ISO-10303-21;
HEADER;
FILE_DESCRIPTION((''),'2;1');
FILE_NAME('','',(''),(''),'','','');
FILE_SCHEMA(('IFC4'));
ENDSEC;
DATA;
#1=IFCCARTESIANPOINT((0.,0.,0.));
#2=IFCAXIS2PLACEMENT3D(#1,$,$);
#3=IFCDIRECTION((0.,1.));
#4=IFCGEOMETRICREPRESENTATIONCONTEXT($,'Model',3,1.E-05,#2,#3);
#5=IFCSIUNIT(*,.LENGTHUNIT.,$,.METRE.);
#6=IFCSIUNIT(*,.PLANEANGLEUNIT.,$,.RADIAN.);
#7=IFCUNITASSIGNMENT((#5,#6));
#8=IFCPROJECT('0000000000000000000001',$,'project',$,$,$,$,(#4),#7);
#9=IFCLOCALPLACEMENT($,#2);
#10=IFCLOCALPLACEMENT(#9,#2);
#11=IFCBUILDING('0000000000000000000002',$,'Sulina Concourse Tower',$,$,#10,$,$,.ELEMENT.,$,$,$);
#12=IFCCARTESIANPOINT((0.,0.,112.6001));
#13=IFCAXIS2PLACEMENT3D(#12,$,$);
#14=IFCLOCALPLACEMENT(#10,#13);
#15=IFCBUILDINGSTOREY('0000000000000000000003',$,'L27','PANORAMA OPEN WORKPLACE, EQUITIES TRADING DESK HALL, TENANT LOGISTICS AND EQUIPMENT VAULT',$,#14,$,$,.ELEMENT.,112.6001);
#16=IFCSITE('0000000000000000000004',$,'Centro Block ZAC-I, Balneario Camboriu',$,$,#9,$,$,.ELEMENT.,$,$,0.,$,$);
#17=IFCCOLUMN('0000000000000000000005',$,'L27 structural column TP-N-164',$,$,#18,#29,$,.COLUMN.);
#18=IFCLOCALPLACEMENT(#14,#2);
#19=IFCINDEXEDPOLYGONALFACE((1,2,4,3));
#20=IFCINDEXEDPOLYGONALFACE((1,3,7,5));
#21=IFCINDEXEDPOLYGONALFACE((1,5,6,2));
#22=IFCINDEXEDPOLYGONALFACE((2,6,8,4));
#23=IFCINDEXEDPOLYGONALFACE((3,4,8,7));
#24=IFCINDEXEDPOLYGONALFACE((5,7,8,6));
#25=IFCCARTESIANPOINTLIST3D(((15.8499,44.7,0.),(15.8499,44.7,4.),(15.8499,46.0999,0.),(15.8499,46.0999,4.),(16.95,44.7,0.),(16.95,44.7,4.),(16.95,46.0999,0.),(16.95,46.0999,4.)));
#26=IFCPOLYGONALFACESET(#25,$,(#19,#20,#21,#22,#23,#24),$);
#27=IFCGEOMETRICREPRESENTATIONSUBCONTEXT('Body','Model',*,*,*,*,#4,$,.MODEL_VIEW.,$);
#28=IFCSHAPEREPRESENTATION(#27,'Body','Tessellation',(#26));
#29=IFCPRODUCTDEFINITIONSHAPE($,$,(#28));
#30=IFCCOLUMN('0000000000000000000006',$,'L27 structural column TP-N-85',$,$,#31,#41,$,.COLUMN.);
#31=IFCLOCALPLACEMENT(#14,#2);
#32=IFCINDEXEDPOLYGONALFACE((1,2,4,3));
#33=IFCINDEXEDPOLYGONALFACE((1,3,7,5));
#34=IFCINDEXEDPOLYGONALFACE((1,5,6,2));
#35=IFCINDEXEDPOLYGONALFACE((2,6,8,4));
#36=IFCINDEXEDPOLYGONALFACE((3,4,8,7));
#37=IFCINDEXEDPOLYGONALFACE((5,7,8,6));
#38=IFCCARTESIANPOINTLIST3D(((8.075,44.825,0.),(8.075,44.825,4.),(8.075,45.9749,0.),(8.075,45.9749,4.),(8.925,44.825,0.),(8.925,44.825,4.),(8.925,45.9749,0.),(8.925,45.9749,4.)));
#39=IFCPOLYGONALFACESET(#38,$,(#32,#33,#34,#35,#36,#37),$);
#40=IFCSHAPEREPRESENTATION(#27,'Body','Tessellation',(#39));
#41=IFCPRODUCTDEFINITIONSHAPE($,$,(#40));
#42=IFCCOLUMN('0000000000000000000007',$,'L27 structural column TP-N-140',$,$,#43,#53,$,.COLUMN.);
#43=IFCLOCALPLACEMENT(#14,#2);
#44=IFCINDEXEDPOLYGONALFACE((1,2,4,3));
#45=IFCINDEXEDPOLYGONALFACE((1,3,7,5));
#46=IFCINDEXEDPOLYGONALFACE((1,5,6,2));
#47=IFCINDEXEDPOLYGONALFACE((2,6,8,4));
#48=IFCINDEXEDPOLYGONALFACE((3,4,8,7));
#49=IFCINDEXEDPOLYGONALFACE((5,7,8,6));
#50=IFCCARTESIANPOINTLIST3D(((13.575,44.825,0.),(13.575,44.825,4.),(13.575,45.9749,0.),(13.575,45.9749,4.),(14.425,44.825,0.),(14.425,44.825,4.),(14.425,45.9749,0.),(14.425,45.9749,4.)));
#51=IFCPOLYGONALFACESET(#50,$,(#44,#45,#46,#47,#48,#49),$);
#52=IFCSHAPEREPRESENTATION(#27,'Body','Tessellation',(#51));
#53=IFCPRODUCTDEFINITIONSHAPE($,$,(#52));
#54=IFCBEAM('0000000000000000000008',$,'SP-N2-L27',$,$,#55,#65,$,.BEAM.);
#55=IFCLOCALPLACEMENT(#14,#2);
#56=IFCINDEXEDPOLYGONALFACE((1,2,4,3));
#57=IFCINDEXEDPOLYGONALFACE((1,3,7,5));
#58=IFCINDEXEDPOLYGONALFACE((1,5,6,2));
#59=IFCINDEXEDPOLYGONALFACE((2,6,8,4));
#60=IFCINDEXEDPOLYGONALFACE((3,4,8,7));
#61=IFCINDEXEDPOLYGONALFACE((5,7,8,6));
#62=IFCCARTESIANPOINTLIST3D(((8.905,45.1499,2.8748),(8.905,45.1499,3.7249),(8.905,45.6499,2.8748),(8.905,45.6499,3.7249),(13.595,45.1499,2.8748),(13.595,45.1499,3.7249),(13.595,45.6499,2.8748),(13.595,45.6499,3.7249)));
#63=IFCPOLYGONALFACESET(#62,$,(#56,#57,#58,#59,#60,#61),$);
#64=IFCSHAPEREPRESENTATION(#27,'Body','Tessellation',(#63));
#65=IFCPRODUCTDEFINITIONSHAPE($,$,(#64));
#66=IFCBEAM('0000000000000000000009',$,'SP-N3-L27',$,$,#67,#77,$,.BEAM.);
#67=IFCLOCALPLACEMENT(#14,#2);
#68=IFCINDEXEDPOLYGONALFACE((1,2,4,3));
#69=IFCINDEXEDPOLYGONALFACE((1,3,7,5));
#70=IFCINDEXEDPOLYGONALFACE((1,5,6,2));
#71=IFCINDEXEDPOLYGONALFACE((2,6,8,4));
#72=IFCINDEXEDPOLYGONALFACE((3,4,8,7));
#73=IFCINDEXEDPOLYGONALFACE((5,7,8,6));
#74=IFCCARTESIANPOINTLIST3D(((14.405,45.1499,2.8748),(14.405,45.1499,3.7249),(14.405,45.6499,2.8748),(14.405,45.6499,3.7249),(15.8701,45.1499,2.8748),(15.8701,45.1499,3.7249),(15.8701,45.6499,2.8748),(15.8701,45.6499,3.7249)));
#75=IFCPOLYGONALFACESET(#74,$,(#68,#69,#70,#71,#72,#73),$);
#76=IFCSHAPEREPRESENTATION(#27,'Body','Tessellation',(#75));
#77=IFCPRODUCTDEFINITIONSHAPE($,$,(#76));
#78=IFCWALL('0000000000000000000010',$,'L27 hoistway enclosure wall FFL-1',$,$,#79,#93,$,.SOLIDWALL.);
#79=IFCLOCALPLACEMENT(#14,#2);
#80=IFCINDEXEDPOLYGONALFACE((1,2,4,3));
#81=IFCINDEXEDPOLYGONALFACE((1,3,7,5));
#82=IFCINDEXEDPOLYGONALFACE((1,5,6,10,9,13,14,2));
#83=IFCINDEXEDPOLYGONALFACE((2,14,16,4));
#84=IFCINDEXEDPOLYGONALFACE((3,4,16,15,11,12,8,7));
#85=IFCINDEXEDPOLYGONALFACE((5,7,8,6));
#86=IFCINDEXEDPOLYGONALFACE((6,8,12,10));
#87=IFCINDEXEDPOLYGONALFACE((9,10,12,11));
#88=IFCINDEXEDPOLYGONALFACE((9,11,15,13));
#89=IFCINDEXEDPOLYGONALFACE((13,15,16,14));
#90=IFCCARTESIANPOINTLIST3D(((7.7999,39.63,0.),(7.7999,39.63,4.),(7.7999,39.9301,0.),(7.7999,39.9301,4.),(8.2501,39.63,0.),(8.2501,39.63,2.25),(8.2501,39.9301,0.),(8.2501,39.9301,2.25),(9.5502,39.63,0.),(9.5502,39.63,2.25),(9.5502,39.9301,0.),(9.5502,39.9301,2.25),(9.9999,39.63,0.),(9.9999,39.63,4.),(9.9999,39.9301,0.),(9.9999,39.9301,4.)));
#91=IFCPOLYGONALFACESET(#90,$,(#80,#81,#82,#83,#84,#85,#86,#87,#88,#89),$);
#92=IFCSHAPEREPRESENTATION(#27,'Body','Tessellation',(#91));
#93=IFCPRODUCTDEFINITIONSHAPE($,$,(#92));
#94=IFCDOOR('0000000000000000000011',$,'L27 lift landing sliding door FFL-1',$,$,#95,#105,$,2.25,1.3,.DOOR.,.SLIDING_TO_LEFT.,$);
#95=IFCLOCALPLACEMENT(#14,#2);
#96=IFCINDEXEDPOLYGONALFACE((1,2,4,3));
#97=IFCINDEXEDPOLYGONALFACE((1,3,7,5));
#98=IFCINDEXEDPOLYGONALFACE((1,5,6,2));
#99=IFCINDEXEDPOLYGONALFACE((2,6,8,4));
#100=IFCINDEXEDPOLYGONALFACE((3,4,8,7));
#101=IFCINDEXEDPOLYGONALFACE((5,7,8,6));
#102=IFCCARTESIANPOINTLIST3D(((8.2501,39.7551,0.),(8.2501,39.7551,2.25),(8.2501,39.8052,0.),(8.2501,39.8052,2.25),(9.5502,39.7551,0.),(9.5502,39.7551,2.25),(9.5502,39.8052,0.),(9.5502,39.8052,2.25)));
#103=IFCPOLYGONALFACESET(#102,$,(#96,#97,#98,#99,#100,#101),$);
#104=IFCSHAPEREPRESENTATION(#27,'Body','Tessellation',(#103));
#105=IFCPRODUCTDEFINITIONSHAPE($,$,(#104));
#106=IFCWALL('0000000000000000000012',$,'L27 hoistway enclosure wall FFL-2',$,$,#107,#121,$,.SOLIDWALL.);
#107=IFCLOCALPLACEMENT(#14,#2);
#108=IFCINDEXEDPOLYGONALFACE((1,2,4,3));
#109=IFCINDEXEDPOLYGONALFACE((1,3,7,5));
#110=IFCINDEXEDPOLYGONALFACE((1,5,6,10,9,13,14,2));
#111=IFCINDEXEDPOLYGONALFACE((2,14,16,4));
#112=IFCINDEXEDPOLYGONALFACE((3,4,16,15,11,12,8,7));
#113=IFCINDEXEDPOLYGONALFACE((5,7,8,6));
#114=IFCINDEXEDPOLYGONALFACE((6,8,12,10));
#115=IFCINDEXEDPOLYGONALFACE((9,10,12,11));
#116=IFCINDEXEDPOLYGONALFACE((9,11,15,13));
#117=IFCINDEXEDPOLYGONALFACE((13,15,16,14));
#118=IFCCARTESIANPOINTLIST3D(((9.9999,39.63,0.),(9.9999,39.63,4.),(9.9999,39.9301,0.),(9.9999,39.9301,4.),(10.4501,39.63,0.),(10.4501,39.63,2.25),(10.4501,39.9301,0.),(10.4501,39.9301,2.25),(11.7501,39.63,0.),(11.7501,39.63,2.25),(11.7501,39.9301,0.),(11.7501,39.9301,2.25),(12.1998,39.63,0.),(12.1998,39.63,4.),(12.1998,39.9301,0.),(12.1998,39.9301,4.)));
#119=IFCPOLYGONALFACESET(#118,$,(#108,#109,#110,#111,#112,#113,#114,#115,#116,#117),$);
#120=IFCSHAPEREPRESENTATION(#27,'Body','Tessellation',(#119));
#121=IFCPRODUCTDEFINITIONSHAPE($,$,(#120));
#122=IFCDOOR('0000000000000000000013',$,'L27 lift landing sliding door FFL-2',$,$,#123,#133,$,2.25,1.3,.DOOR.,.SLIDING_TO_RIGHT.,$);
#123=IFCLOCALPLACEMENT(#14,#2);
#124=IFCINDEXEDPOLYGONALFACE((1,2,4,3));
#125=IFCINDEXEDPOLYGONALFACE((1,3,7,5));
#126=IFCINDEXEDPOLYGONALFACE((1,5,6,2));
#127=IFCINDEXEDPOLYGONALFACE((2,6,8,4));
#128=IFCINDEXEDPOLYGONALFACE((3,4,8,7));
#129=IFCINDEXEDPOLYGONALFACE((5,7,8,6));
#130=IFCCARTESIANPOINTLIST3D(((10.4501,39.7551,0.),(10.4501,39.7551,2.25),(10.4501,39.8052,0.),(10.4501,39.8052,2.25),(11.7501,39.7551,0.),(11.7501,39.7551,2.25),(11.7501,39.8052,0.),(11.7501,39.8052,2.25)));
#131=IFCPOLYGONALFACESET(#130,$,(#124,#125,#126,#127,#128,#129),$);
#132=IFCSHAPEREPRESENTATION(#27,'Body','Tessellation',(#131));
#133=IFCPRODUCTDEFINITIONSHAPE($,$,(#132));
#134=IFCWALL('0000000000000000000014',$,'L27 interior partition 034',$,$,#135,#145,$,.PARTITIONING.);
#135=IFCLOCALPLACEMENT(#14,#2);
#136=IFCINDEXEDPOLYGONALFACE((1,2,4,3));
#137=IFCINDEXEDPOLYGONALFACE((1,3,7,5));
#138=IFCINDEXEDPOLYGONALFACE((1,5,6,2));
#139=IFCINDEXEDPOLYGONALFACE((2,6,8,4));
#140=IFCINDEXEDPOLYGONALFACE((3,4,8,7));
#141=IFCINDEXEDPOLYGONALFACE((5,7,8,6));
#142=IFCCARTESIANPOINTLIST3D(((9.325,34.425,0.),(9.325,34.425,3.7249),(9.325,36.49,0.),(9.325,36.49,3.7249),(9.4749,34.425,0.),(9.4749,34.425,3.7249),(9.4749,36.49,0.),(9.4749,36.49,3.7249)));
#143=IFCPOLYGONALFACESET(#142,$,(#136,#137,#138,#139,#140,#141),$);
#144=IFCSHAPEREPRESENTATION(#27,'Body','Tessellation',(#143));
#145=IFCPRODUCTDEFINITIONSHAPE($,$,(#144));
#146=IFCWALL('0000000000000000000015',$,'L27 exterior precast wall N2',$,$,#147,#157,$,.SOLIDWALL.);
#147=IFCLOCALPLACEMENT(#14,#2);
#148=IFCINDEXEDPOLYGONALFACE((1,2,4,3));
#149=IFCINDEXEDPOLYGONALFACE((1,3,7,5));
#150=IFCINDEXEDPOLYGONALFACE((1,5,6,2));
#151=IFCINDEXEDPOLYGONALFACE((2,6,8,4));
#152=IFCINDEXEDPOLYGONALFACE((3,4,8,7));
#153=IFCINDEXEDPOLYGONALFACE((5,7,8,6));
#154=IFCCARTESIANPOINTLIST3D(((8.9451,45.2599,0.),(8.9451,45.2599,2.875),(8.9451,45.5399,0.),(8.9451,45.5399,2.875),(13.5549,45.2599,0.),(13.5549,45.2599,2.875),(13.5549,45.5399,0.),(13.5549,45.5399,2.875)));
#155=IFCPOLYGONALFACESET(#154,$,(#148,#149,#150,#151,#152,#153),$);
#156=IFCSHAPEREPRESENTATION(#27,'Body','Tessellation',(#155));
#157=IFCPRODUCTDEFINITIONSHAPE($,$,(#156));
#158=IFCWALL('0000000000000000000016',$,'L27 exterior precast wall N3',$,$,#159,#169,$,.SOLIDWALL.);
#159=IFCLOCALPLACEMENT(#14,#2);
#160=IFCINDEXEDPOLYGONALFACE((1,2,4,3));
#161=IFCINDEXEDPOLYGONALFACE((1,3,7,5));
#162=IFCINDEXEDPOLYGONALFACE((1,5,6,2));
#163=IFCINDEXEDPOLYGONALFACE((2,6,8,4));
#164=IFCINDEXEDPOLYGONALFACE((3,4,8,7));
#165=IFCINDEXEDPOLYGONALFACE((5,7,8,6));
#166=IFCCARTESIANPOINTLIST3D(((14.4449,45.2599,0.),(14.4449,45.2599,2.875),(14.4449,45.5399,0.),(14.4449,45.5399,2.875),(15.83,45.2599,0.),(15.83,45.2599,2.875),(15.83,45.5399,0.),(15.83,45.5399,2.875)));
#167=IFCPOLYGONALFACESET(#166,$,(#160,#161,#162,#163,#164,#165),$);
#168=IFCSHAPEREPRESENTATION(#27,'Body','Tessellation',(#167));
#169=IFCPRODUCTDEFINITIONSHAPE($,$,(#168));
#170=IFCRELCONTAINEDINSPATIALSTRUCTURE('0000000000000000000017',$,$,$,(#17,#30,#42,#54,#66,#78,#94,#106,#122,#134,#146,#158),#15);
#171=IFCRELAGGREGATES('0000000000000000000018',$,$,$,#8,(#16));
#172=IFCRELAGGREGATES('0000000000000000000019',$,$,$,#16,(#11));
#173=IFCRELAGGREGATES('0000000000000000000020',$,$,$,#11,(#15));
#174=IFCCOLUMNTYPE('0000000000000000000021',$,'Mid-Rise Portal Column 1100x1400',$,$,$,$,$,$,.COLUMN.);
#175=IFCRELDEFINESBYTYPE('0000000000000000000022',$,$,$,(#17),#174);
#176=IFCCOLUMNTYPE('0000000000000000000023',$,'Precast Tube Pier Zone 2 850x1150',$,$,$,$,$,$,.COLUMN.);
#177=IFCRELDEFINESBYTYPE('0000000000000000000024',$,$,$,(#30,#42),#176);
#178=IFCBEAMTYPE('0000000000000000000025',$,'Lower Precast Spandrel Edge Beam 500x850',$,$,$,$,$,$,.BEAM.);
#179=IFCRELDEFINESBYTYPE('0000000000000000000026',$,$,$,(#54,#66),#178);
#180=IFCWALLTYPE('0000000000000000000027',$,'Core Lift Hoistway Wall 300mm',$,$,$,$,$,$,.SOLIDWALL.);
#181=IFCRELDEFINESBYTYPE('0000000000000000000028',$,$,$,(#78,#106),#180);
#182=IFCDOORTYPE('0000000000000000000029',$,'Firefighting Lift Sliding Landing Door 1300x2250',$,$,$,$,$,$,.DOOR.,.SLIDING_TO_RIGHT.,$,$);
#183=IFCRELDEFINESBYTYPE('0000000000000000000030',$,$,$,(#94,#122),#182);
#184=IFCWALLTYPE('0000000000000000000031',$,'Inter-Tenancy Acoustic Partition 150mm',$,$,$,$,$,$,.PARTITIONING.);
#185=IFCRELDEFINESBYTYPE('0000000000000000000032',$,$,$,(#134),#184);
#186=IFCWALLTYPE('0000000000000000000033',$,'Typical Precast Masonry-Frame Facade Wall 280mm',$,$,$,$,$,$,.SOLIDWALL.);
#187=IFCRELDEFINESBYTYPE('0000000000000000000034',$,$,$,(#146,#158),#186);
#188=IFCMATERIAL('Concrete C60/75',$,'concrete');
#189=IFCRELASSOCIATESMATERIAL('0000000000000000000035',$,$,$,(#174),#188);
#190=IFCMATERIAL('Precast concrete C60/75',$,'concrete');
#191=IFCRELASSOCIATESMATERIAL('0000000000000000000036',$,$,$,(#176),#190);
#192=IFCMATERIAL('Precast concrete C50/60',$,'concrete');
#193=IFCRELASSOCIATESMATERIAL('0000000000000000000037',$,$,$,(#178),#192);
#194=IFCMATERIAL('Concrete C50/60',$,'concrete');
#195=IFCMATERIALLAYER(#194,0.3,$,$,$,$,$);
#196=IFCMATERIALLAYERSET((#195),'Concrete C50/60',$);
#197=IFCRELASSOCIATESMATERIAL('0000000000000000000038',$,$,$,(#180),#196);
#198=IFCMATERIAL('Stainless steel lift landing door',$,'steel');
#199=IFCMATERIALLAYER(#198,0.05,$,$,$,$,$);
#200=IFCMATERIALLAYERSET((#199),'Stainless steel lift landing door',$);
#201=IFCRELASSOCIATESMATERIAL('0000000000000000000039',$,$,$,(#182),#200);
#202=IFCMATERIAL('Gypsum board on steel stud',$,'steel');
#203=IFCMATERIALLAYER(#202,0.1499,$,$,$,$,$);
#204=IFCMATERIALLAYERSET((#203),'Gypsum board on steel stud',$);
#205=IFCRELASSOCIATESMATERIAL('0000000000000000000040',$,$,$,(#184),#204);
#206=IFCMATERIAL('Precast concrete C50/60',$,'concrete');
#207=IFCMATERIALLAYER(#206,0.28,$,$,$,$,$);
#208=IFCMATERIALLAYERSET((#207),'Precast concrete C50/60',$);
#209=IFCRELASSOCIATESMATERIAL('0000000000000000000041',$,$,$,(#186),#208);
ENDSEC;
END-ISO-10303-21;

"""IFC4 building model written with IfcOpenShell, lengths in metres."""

from ifc_helpers import new_model, si_unit, direction, frame, frame_2d, origin, origin_2d, place, context, subcontext, project, spatial, rectangle, extrude, material, layer, layer_set, material_profile, profile_set, type_object, element, fill, save


model = new_model("IFC4")

# Units and contexts
model_context = context("Model", 3, precision=1e-05, world=origin(), true_north=direction((0.0, 1.0)))
body_context = subcontext(model_context, "Body", "Model", "MODEL_VIEW")
ifc_project = project(units=[si_unit("LENGTHUNIT", "METRE"), si_unit("PLANEANGLEUNIT", "RADIAN")], contexts=[model_context])

# Site, building, storey
site_placement = place(None, origin())
site = spatial("IfcSite", under=ifc_project, at=site_placement, Name="Centro Block ZAC-I, Balneario Camboriu", CompositionType="ELEMENT", RefElevation=0.0)
building_placement = place(site_placement, origin())
building = spatial("IfcBuilding", under=site, at=building_placement, Name="Sulina Concourse Tower", CompositionType="ELEMENT")
storey_placement = place(building_placement, frame((0.0, 0.0, 112.6001)))
storey = spatial("IfcBuildingStorey", under=building, at=storey_placement, Name="L27", Description="PANORAMA OPEN WORKPLACE, EQUITIES TRADING DESK HALL, TENANT LOGISTICS AND EQUIPMENT VAULT", CompositionType="ELEMENT", Elevation=112.6001)

# Columns
ifc_material_1 = material(Name="Concrete C60/75", Category="concrete")
ifc_material_profile_1 = material_profile(ifc_material_1, rectangle(XDim=1.1001, YDim=1.3999, at=origin_2d()), Name="RC 1100x1400")
ifc_profile_set_1 = profile_set([ifc_material_profile_1], Name="Concrete C60/75")
column_type_1 = type_object("IfcColumnType", Name="Mid-Rise Portal Column 1100x1400", PredefinedType="COLUMN", material=ifc_profile_set_1)
column_placement = place(storey_placement, frame((16.3999, 45.3999, 0.0), z_axis=(0.0, 0.0, 1.0), x_axis=(1.0, 0.0, 0.0)))
element("IfcColumn", 1, at=column_placement, inside=storey, type_object=column_type_1, Name="L27 structural column TP-N-164", PredefinedType="COLUMN", context=body_context, shape_type="SweptSolid", body=[
    extrude(rectangle(XDim=1.1001, YDim=1.3999, at=origin_2d()), origin(), (0.0, 0.0, 1.0), 4.0),
])
ifc_material_2 = material(Name="Precast concrete C60/75", Category="concrete")
ifc_material_profile_2 = material_profile(ifc_material_2, rectangle(XDim=0.8501, YDim=1.1499, at=origin_2d()), Name="PC 850x1150")
ifc_profile_set_2 = profile_set([ifc_material_profile_2], Name="Precast concrete C60/75")
column_type_2 = type_object("IfcColumnType", Name="Precast Tube Pier Zone 2 850x1150", PredefinedType="COLUMN", material=ifc_profile_set_2)
for number, where, z_axis, x_axis, name in (
    (2, (8.5, 45.3999, 0.0), (0.0, 0.0, 1.0), (1.0, 0.0, 0.0), "L27 structural column TP-N-85"),
    (3, (14.0, 45.3999, 0.0), (0.0, 0.0, 1.0), (1.0, 0.0, 0.0), "L27 structural column TP-N-140"),
):
    element("IfcColumn", number, at=place(storey_placement, frame(where, z_axis=z_axis, x_axis=x_axis)), inside=storey, type_object=column_type_2, Name=name, PredefinedType="COLUMN", context=body_context, shape_type="SweptSolid", body=[
        extrude(rectangle(XDim=0.8501, YDim=1.1499, at=origin_2d()), origin(), (0.0, 0.0, 1.0), 4.0),
    ])

# Beams
ifc_material_3 = material(Name="Precast concrete C50/60", Category="concrete")
ifc_material_profile_3 = material_profile(ifc_material_3, rectangle(XDim=0.5, YDim=0.8501, at=origin_2d()), Name="RC 500x850")
ifc_profile_set_3 = profile_set([ifc_material_profile_3], Name="Precast concrete C50/60")
beam_type = type_object("IfcBeamType", Name="Lower Precast Spandrel Edge Beam 500x850", PredefinedType="BEAM", material=ifc_profile_set_3)
beam_1_placement = place(storey_placement, frame((8.905, 45.3999, 3.2998), z_axis=(1.0, 0.0, 0.0), x_axis=(0.0, 1.0, 0.0)))
element("IfcBeam", 4, at=beam_1_placement, inside=storey, type_object=beam_type, Name="SP-N2-L27", PredefinedType="BEAM", context=body_context, shape_type="SweptSolid", body=[
    extrude(rectangle(XDim=0.5, YDim=0.8501, at=origin_2d()), origin(), (0.0, 0.0, 1.0), 4.6899),
])
beam_2_placement = place(storey_placement, frame((14.405, 45.3999, 3.2998), z_axis=(1.0, 0.0, 0.0), x_axis=(0.0, 1.0, 0.0)))
element("IfcBeam", 5, at=beam_2_placement, inside=storey, type_object=beam_type, Name="SP-N3-L27", PredefinedType="BEAM", context=body_context, shape_type="SweptSolid", body=[
    extrude(rectangle(XDim=0.5, YDim=0.8501, at=origin_2d()), origin(), (0.0, 0.0, 1.0), 1.4651),
])

# Walls, openings, doors
ifc_material_4 = material(Name="Concrete C50/60", Category="concrete")
ifc_layer_1 = layer(ifc_material_4, 0.3)
ifc_layer_set_1 = layer_set([ifc_layer_1], Name="Concrete C50/60")
wall_type_1 = type_object("IfcWallType", Name="Core Lift Hoistway Wall 300mm", PredefinedType="SOLIDWALL", material=ifc_layer_set_1)
wall_1_placement = place(storey_placement, frame((10.0, 39.78, 0.0), z_axis=(0.0, 0.0, 1.0), x_axis=(-1.0, 0.0, 0.0)))
wall_1 = element("IfcWall", 6, at=wall_1_placement, inside=storey, type_object=wall_type_1, Name="L27 hoistway enclosure wall FFL-1", PredefinedType="SOLIDWALL", context=body_context, shape_type="SweptSolid", body=[
    extrude(rectangle(XDim=2.2, YDim=0.3, at=frame_2d((1.1001, 0.0))), origin(), (0.0, 0.0, 1.0), 4.0),
])
opening_1_placement = place(wall_1_placement, frame((0.45, 0.0, 0.0)))
opening_1 = element("IfcOpeningElement", 7, at=opening_1_placement, cuts=wall_1, PredefinedType="OPENING", context=body_context, shape_type="SweptSolid", body=[
    extrude(rectangle(XDim=1.3, YDim=2.25, at=frame_2d((0.6499, 1.125))), frame((0.0, 0.1599, 0.0), z_axis=(0.0, -1.0, 0.0), x_axis=(1.0, 0.0, 0.0)), (0.0, 0.0, 1.0), 0.3201),
])
ifc_material_5 = material(Name="Stainless steel lift landing door", Category="steel")
ifc_layer_2 = layer(ifc_material_5, 0.05)
ifc_layer_set_2 = layer_set([ifc_layer_2], Name="Stainless steel lift landing door")
door_type = type_object("IfcDoorType", Name="Firefighting Lift Sliding Landing Door 1300x2250", OperationType="SLIDING_TO_RIGHT", PredefinedType="DOOR", material=ifc_layer_set_2)
door_1_placement = place(opening_1_placement, origin())
door_1 = element("IfcDoor", 8, at=door_1_placement, inside=storey, type_object=door_type, Name="L27 lift landing sliding door FFL-1", OperationType="SLIDING_TO_LEFT", OverallHeight=2.25, OverallWidth=1.3, PredefinedType="DOOR", context=body_context, shape_type="SweptSolid", body=[
    extrude(rectangle(XDim=1.3, YDim=2.25, at=frame_2d((0.6499, 1.125))), frame((0.0, 0.0249, 0.0), z_axis=(0.0, -1.0, 0.0), x_axis=(1.0, 0.0, 0.0)), (0.0, 0.0, 1.0), 0.05),
])
fill(opening_1, door_1)
wall_2_placement = place(storey_placement, frame((12.2, 39.78, 0.0), z_axis=(0.0, 0.0, 1.0), x_axis=(-1.0, 0.0, 0.0)))
wall_2 = element("IfcWall", 9, at=wall_2_placement, inside=storey, type_object=wall_type_1, Name="L27 hoistway enclosure wall FFL-2", PredefinedType="SOLIDWALL", context=body_context, shape_type="SweptSolid", body=[
    extrude(rectangle(XDim=2.2, YDim=0.3, at=frame_2d((1.1001, 0.0))), origin(), (0.0, 0.0, 1.0), 4.0),
])
opening_2_placement = place(wall_2_placement, frame((0.45, 0.0, 0.0)))
opening_2 = element("IfcOpeningElement", 10, at=opening_2_placement, cuts=wall_2, PredefinedType="OPENING", context=body_context, shape_type="SweptSolid", body=[
    extrude(rectangle(XDim=1.3, YDim=2.25, at=frame_2d((0.6499, 1.125))), frame((0.0, 0.1599, 0.0), z_axis=(0.0, -1.0, 0.0), x_axis=(1.0, 0.0, 0.0)), (0.0, 0.0, 1.0), 0.3201),
])
door_2_placement = place(opening_2_placement, origin())
door_2 = element("IfcDoor", 11, at=door_2_placement, inside=storey, type_object=door_type, Name="L27 lift landing sliding door FFL-2", OperationType="SLIDING_TO_RIGHT", OverallHeight=2.25, OverallWidth=1.3, PredefinedType="DOOR", context=body_context, shape_type="SweptSolid", body=[
    extrude(rectangle(XDim=1.3, YDim=2.25, at=frame_2d((0.6499, 1.125))), frame((0.0, 0.0249, 0.0), z_axis=(0.0, -1.0, 0.0), x_axis=(1.0, 0.0, 0.0)), (0.0, 0.0, 1.0), 0.05),
])
fill(opening_2, door_2)

# Walls
ifc_material_6 = material(Name="Gypsum board on steel stud", Category="steel")
ifc_layer_3 = layer(ifc_material_6, 0.1499)
ifc_layer_set_3 = layer_set([ifc_layer_3], Name="Gypsum board on steel stud")
wall_type_2 = type_object("IfcWallType", Name="Inter-Tenancy Acoustic Partition 150mm", PredefinedType="PARTITIONING", material=ifc_layer_set_3)
wall_3_placement = place(storey_placement, frame((9.3999, 34.425, 0.0), z_axis=(0.0, 0.0, 1.0), x_axis=(0.0, 1.0, 0.0)))
element("IfcWall", 12, at=wall_3_placement, inside=storey, type_object=wall_type_2, Name="L27 interior partition 034", PredefinedType="PARTITIONING", context=body_context, shape_type="SweptSolid", body=[
    extrude(rectangle(XDim=2.0649, YDim=0.1499, at=frame_2d((1.0325, 0.0))), origin(), (0.0, 0.0, 1.0), 3.7249),
])
ifc_material_7 = material(Name="Precast concrete C50/60", Category="concrete")
ifc_layer_4 = layer(ifc_material_7, 0.28)
ifc_layer_set_4 = layer_set([ifc_layer_4], Name="Precast concrete C50/60")
wall_type_3 = type_object("IfcWallType", Name="Typical Precast Masonry-Frame Facade Wall 280mm", PredefinedType="SOLIDWALL", material=ifc_layer_set_4)
wall_4_placement = place(storey_placement, frame((8.9451, 45.3999, 0.0), z_axis=(0.0, 0.0, 1.0), x_axis=(1.0, 0.0, 0.0)))
element("IfcWall", 13, at=wall_4_placement, inside=storey, type_object=wall_type_3, Name="L27 exterior precast wall N2", PredefinedType="SOLIDWALL", context=body_context, shape_type="SweptSolid", body=[
    extrude(rectangle(XDim=4.6099, YDim=0.28, at=frame_2d((2.3049, 0.0))), origin(), (0.0, 0.0, 1.0), 2.875),
])
wall_5_placement = place(storey_placement, frame((14.4451, 45.3999, 0.0), z_axis=(0.0, 0.0, 1.0), x_axis=(1.0, 0.0, 0.0)))
element("IfcWall", 14, at=wall_5_placement, inside=storey, type_object=wall_type_3, Name="L27 exterior precast wall N3", PredefinedType="SOLIDWALL", context=body_context, shape_type="SweptSolid", body=[
    extrude(rectangle(XDim=1.385, YDim=0.28, at=frame_2d((0.6924, 0.0))), origin(), (0.0, 0.0, 1.0), 2.875),
])

save(model, "model.ifc")
